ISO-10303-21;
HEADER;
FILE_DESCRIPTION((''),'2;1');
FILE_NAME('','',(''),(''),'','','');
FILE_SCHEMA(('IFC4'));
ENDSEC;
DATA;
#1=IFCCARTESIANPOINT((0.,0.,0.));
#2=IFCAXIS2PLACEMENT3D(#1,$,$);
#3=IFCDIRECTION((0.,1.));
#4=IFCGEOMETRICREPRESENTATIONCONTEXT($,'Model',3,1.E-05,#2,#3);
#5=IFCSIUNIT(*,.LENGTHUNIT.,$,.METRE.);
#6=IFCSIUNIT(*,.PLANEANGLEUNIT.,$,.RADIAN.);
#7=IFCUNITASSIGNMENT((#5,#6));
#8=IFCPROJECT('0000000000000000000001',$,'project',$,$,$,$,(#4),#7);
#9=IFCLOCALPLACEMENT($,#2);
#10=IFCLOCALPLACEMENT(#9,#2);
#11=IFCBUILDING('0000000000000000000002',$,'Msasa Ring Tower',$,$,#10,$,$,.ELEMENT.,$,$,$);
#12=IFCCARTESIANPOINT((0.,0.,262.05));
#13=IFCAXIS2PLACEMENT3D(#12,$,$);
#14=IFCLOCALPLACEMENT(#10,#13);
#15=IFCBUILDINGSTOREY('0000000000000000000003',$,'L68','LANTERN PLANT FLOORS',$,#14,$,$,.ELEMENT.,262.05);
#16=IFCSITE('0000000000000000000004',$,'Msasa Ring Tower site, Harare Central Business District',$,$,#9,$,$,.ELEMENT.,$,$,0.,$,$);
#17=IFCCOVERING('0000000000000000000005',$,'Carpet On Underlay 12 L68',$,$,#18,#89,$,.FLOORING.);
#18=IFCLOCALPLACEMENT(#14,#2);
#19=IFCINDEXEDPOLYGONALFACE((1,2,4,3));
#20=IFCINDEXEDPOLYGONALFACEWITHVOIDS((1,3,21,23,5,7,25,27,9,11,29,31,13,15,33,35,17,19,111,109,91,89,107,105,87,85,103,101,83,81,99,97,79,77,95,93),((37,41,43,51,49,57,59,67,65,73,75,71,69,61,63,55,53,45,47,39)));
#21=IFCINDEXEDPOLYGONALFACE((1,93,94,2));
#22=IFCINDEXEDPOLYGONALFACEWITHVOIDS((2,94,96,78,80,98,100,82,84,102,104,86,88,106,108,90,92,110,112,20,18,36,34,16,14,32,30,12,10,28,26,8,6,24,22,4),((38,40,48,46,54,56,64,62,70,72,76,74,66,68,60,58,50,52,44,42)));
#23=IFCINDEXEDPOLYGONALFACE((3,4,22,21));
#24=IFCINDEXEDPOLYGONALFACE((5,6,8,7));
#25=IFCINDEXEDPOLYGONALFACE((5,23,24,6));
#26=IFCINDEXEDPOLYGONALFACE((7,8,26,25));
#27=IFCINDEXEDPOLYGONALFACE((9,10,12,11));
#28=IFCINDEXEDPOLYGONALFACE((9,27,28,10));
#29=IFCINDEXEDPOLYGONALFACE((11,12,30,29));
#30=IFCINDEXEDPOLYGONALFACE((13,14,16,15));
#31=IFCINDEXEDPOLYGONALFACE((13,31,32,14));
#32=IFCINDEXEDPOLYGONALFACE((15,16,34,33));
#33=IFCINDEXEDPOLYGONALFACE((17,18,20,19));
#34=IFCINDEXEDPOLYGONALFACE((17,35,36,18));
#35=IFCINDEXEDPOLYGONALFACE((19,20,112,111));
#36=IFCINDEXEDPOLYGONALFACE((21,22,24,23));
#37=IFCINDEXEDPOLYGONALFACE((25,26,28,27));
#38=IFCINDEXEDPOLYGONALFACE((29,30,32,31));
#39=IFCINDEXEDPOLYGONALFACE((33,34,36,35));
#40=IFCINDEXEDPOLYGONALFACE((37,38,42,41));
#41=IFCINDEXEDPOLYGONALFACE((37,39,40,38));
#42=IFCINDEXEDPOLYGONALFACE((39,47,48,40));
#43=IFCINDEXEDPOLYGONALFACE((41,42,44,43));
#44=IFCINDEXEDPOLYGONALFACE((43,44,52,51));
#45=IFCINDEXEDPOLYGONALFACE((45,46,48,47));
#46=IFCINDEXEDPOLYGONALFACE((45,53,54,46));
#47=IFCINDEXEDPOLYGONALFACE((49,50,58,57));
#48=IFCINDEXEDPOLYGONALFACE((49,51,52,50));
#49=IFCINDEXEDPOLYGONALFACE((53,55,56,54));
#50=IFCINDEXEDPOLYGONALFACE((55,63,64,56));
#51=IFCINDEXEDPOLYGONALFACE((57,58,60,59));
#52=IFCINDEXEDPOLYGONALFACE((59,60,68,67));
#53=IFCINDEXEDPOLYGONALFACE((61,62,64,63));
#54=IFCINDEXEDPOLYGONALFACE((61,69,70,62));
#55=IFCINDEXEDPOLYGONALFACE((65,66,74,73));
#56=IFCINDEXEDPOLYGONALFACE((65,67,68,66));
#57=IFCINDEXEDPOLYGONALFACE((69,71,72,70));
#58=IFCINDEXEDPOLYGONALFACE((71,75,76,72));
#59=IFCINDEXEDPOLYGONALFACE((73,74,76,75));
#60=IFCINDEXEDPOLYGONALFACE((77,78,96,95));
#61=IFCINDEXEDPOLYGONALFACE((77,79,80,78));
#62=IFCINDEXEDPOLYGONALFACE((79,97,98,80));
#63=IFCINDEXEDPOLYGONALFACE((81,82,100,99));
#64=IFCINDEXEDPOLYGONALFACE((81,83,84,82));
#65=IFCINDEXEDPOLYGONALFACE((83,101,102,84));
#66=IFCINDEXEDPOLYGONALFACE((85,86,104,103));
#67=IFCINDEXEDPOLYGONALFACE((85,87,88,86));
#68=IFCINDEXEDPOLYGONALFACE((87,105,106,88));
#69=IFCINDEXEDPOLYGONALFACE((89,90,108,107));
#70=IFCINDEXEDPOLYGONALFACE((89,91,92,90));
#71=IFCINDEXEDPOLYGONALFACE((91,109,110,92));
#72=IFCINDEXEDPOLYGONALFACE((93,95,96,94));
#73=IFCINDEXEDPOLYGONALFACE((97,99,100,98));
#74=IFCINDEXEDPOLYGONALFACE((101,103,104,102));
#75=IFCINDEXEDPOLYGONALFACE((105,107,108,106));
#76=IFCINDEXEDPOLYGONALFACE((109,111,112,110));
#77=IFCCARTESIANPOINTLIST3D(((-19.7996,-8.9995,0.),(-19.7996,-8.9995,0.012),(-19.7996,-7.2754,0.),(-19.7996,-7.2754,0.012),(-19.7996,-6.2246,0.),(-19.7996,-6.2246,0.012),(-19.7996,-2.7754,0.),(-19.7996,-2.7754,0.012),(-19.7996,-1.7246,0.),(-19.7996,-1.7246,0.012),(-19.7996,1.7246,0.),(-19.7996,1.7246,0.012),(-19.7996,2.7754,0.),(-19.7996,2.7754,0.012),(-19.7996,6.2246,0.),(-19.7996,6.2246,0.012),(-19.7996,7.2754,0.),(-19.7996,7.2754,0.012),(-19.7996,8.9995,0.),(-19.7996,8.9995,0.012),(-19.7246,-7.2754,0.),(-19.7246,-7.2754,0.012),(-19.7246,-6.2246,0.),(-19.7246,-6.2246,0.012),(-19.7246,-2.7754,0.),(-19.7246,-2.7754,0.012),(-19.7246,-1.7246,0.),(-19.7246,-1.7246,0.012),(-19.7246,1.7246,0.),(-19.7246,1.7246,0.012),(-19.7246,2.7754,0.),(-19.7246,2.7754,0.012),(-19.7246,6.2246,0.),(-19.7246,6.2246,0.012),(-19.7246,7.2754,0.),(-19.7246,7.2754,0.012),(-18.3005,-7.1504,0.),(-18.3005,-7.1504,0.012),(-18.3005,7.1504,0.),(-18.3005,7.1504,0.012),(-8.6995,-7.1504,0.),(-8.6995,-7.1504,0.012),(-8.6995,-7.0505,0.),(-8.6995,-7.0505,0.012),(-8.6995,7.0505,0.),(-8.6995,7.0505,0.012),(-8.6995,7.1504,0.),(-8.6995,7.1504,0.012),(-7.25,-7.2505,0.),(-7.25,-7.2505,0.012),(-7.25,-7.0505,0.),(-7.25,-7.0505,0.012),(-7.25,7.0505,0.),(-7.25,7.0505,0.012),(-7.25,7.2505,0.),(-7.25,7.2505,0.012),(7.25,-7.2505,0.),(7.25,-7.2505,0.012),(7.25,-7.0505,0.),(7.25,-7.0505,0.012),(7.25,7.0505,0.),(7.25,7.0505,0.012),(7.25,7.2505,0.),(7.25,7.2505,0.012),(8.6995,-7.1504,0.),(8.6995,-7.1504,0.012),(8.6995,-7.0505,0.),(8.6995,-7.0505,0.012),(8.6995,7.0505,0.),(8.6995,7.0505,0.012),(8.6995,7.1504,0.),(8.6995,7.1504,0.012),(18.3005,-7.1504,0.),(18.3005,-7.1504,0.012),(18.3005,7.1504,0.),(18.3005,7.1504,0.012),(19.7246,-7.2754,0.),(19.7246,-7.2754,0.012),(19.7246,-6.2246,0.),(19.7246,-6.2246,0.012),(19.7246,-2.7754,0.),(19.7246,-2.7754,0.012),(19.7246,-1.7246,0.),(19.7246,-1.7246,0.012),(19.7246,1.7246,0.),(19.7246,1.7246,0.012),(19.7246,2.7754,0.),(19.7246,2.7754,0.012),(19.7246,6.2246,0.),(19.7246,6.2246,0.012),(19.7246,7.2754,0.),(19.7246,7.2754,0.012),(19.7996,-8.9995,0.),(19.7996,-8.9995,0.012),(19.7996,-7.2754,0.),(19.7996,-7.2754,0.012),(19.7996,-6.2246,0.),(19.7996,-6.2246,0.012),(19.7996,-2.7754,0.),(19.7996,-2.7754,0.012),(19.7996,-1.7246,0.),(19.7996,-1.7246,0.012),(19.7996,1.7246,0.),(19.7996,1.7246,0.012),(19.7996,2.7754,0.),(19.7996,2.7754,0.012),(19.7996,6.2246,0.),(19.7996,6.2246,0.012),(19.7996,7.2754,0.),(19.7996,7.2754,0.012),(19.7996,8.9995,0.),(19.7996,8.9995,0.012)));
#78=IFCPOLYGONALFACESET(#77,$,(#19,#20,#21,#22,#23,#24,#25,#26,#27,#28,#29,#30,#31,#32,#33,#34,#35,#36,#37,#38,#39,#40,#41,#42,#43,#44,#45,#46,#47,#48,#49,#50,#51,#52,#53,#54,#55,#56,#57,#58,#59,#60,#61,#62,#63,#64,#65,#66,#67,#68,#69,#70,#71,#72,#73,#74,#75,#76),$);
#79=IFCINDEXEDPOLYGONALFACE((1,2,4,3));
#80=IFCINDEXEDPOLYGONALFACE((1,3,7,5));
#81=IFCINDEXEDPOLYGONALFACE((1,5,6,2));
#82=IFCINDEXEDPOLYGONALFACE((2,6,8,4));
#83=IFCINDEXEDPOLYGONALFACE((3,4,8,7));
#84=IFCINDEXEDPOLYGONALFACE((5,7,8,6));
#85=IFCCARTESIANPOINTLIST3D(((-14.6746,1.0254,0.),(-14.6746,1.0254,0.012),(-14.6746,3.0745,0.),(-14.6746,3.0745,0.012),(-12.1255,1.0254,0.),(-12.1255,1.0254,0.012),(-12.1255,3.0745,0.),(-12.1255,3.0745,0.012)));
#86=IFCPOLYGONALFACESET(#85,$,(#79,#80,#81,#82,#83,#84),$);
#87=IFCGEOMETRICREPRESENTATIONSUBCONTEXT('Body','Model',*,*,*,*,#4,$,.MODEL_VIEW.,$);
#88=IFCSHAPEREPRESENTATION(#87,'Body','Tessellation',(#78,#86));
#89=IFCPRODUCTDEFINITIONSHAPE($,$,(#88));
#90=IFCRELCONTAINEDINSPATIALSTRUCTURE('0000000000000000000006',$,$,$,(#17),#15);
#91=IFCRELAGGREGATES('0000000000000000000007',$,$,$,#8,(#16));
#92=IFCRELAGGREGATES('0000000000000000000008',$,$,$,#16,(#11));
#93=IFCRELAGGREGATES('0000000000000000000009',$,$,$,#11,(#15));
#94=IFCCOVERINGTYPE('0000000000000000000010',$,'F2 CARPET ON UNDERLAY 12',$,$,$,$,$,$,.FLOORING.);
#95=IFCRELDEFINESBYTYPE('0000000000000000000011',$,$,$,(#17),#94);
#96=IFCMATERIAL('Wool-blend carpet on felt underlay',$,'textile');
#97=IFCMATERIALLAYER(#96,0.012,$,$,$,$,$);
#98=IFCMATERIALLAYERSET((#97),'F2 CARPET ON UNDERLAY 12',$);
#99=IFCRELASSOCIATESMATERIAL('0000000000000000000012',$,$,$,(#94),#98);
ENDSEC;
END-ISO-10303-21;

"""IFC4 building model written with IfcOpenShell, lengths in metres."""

from ifc_helpers import new_model, si_unit, direction, frame, origin, place, context, subcontext, project, spatial, line, indexed_curve, outline, extrude, material, layer, layer_set, type_object, element, save


model = new_model("IFC4")

# Units and contexts
model_context = context("Model", 3, precision=1e-05, world=origin(), true_north=direction((0.0, 1.0)))
body_context = subcontext(model_context, "Body", "Model", "MODEL_VIEW")
ifc_project = project(units=[si_unit("LENGTHUNIT", "METRE"), si_unit("PLANEANGLEUNIT", "RADIAN")], contexts=[model_context])

# Site, building, storey
site_placement = place(None, origin())
site = spatial("IfcSite", under=ifc_project, at=site_placement, Name="Msasa Ring Tower site, Harare Central Business District", CompositionType="ELEMENT", RefElevation=0.0)
building_placement = place(site_placement, origin())
building = spatial("IfcBuilding", under=site, at=building_placement, Name="Msasa Ring Tower", CompositionType="ELEMENT")
storey_placement = place(building_placement, frame((0.0, 0.0, 262.05)))
storey = spatial("IfcBuildingStorey", under=building, at=storey_placement, Name="L68", Description="LANTERN PLANT FLOORS", CompositionType="ELEMENT", Elevation=262.05)

# Covering
ifc_material_1 = material(Name="Wool-blend carpet on felt underlay", Category="textile")
ifc_layer_1 = layer(ifc_material_1, 0.012)
ifc_layer_set_1 = layer_set([ifc_layer_1], Name="F2 CARPET ON UNDERLAY 12")
covering_type_1 = type_object("IfcCoveringType", Name="F2 CARPET ON UNDERLAY 12", PredefinedType="FLOORING", material=ifc_layer_set_1)
covering_1_placement = place(storey_placement, origin())
element("IfcCovering", 1, at=covering_1_placement, inside=storey, type_object=covering_type_1, Name="Carpet On Underlay 12 L68", PredefinedType="FLOORING", context=body_context, shape_type="SweptSolid", body=[
    extrude(outline(indexed_curve([(-19.7996, -8.9995), (-19.7996, -7.2754), (-19.7246, -7.2754), (-19.7246, -6.2246), (-19.7996, -6.2246), (-19.7996, -2.7754), (-19.7246, -2.7754), (-19.7246, -1.7246), (-19.7996, -1.7246), (-19.7996, 1.7246), (-19.7246, 1.7246), (-19.7246, 2.7754), (-19.7996, 2.7754), (-19.7996, 6.2246), (-19.7246, 6.2246), (-19.7246, 7.2754), (-19.7996, 7.2754), (-19.7996, 8.9995), (19.7996, 8.9995), (19.7996, 7.2754), (19.7246, 7.2754), (19.7246, 6.2246), (19.7996, 6.2246), (19.7996, 2.7754), (19.7246, 2.7754), (19.7246, 1.7246), (19.7996, 1.7246), (19.7996, -1.7246), (19.7246, -1.7246), (19.7246, -2.7754), (19.7996, -2.7754), (19.7996, -6.2246), (19.7246, -6.2246), (19.7246, -7.2754), (19.7996, -7.2754), (19.7996, -8.9995)], segments=[line(1, 2, 3, 4, 5, 6, 7, 8, 9, 10, 11, 12, 13, 14, 15, 16, 17, 18, 19, 20, 21, 22, 23, 24, 25, 26, 27, 28, 29, 30, 31, 32, 33, 34, 35, 36, 1)], self_intersect=False), holes=[indexed_curve([(8.6995, -7.1504), (18.3005, -7.1504), (18.3005, 7.1504), (8.6995, 7.1504), (8.6995, 7.0505), (7.25, 7.0505), (7.25, 7.2505), (-7.25, 7.2505), (-7.25, 7.0505), (-8.6995, 7.0505), (-8.6995, 7.1504), (-18.3005, 7.1504), (-18.3005, -7.1504), (-8.6995, -7.1504), (-8.6995, -7.0505), (-7.25, -7.0505), (-7.25, -7.2505), (7.25, -7.2505), (7.25, -7.0505), (8.6995, -7.0505)], segments=[line(1, 2, 3, 4, 5, 6, 7, 8, 9, 10, 11, 12, 13, 14, 15, 16, 17, 18, 19, 20, 1)], self_intersect=False)]), origin(), (0.0, 0.0, 1.0), 0.012),
    extrude(outline(indexed_curve([(-12.1255, 1.0254), (-14.6746, 1.0254), (-14.6746, 3.0745), (-12.1255, 3.0745)], segments=[line(1, 2, 3, 4, 1)], self_intersect=False)), origin(), (0.0, 0.0, 1.0), 0.012),
])

save(model, "model.ifc")
